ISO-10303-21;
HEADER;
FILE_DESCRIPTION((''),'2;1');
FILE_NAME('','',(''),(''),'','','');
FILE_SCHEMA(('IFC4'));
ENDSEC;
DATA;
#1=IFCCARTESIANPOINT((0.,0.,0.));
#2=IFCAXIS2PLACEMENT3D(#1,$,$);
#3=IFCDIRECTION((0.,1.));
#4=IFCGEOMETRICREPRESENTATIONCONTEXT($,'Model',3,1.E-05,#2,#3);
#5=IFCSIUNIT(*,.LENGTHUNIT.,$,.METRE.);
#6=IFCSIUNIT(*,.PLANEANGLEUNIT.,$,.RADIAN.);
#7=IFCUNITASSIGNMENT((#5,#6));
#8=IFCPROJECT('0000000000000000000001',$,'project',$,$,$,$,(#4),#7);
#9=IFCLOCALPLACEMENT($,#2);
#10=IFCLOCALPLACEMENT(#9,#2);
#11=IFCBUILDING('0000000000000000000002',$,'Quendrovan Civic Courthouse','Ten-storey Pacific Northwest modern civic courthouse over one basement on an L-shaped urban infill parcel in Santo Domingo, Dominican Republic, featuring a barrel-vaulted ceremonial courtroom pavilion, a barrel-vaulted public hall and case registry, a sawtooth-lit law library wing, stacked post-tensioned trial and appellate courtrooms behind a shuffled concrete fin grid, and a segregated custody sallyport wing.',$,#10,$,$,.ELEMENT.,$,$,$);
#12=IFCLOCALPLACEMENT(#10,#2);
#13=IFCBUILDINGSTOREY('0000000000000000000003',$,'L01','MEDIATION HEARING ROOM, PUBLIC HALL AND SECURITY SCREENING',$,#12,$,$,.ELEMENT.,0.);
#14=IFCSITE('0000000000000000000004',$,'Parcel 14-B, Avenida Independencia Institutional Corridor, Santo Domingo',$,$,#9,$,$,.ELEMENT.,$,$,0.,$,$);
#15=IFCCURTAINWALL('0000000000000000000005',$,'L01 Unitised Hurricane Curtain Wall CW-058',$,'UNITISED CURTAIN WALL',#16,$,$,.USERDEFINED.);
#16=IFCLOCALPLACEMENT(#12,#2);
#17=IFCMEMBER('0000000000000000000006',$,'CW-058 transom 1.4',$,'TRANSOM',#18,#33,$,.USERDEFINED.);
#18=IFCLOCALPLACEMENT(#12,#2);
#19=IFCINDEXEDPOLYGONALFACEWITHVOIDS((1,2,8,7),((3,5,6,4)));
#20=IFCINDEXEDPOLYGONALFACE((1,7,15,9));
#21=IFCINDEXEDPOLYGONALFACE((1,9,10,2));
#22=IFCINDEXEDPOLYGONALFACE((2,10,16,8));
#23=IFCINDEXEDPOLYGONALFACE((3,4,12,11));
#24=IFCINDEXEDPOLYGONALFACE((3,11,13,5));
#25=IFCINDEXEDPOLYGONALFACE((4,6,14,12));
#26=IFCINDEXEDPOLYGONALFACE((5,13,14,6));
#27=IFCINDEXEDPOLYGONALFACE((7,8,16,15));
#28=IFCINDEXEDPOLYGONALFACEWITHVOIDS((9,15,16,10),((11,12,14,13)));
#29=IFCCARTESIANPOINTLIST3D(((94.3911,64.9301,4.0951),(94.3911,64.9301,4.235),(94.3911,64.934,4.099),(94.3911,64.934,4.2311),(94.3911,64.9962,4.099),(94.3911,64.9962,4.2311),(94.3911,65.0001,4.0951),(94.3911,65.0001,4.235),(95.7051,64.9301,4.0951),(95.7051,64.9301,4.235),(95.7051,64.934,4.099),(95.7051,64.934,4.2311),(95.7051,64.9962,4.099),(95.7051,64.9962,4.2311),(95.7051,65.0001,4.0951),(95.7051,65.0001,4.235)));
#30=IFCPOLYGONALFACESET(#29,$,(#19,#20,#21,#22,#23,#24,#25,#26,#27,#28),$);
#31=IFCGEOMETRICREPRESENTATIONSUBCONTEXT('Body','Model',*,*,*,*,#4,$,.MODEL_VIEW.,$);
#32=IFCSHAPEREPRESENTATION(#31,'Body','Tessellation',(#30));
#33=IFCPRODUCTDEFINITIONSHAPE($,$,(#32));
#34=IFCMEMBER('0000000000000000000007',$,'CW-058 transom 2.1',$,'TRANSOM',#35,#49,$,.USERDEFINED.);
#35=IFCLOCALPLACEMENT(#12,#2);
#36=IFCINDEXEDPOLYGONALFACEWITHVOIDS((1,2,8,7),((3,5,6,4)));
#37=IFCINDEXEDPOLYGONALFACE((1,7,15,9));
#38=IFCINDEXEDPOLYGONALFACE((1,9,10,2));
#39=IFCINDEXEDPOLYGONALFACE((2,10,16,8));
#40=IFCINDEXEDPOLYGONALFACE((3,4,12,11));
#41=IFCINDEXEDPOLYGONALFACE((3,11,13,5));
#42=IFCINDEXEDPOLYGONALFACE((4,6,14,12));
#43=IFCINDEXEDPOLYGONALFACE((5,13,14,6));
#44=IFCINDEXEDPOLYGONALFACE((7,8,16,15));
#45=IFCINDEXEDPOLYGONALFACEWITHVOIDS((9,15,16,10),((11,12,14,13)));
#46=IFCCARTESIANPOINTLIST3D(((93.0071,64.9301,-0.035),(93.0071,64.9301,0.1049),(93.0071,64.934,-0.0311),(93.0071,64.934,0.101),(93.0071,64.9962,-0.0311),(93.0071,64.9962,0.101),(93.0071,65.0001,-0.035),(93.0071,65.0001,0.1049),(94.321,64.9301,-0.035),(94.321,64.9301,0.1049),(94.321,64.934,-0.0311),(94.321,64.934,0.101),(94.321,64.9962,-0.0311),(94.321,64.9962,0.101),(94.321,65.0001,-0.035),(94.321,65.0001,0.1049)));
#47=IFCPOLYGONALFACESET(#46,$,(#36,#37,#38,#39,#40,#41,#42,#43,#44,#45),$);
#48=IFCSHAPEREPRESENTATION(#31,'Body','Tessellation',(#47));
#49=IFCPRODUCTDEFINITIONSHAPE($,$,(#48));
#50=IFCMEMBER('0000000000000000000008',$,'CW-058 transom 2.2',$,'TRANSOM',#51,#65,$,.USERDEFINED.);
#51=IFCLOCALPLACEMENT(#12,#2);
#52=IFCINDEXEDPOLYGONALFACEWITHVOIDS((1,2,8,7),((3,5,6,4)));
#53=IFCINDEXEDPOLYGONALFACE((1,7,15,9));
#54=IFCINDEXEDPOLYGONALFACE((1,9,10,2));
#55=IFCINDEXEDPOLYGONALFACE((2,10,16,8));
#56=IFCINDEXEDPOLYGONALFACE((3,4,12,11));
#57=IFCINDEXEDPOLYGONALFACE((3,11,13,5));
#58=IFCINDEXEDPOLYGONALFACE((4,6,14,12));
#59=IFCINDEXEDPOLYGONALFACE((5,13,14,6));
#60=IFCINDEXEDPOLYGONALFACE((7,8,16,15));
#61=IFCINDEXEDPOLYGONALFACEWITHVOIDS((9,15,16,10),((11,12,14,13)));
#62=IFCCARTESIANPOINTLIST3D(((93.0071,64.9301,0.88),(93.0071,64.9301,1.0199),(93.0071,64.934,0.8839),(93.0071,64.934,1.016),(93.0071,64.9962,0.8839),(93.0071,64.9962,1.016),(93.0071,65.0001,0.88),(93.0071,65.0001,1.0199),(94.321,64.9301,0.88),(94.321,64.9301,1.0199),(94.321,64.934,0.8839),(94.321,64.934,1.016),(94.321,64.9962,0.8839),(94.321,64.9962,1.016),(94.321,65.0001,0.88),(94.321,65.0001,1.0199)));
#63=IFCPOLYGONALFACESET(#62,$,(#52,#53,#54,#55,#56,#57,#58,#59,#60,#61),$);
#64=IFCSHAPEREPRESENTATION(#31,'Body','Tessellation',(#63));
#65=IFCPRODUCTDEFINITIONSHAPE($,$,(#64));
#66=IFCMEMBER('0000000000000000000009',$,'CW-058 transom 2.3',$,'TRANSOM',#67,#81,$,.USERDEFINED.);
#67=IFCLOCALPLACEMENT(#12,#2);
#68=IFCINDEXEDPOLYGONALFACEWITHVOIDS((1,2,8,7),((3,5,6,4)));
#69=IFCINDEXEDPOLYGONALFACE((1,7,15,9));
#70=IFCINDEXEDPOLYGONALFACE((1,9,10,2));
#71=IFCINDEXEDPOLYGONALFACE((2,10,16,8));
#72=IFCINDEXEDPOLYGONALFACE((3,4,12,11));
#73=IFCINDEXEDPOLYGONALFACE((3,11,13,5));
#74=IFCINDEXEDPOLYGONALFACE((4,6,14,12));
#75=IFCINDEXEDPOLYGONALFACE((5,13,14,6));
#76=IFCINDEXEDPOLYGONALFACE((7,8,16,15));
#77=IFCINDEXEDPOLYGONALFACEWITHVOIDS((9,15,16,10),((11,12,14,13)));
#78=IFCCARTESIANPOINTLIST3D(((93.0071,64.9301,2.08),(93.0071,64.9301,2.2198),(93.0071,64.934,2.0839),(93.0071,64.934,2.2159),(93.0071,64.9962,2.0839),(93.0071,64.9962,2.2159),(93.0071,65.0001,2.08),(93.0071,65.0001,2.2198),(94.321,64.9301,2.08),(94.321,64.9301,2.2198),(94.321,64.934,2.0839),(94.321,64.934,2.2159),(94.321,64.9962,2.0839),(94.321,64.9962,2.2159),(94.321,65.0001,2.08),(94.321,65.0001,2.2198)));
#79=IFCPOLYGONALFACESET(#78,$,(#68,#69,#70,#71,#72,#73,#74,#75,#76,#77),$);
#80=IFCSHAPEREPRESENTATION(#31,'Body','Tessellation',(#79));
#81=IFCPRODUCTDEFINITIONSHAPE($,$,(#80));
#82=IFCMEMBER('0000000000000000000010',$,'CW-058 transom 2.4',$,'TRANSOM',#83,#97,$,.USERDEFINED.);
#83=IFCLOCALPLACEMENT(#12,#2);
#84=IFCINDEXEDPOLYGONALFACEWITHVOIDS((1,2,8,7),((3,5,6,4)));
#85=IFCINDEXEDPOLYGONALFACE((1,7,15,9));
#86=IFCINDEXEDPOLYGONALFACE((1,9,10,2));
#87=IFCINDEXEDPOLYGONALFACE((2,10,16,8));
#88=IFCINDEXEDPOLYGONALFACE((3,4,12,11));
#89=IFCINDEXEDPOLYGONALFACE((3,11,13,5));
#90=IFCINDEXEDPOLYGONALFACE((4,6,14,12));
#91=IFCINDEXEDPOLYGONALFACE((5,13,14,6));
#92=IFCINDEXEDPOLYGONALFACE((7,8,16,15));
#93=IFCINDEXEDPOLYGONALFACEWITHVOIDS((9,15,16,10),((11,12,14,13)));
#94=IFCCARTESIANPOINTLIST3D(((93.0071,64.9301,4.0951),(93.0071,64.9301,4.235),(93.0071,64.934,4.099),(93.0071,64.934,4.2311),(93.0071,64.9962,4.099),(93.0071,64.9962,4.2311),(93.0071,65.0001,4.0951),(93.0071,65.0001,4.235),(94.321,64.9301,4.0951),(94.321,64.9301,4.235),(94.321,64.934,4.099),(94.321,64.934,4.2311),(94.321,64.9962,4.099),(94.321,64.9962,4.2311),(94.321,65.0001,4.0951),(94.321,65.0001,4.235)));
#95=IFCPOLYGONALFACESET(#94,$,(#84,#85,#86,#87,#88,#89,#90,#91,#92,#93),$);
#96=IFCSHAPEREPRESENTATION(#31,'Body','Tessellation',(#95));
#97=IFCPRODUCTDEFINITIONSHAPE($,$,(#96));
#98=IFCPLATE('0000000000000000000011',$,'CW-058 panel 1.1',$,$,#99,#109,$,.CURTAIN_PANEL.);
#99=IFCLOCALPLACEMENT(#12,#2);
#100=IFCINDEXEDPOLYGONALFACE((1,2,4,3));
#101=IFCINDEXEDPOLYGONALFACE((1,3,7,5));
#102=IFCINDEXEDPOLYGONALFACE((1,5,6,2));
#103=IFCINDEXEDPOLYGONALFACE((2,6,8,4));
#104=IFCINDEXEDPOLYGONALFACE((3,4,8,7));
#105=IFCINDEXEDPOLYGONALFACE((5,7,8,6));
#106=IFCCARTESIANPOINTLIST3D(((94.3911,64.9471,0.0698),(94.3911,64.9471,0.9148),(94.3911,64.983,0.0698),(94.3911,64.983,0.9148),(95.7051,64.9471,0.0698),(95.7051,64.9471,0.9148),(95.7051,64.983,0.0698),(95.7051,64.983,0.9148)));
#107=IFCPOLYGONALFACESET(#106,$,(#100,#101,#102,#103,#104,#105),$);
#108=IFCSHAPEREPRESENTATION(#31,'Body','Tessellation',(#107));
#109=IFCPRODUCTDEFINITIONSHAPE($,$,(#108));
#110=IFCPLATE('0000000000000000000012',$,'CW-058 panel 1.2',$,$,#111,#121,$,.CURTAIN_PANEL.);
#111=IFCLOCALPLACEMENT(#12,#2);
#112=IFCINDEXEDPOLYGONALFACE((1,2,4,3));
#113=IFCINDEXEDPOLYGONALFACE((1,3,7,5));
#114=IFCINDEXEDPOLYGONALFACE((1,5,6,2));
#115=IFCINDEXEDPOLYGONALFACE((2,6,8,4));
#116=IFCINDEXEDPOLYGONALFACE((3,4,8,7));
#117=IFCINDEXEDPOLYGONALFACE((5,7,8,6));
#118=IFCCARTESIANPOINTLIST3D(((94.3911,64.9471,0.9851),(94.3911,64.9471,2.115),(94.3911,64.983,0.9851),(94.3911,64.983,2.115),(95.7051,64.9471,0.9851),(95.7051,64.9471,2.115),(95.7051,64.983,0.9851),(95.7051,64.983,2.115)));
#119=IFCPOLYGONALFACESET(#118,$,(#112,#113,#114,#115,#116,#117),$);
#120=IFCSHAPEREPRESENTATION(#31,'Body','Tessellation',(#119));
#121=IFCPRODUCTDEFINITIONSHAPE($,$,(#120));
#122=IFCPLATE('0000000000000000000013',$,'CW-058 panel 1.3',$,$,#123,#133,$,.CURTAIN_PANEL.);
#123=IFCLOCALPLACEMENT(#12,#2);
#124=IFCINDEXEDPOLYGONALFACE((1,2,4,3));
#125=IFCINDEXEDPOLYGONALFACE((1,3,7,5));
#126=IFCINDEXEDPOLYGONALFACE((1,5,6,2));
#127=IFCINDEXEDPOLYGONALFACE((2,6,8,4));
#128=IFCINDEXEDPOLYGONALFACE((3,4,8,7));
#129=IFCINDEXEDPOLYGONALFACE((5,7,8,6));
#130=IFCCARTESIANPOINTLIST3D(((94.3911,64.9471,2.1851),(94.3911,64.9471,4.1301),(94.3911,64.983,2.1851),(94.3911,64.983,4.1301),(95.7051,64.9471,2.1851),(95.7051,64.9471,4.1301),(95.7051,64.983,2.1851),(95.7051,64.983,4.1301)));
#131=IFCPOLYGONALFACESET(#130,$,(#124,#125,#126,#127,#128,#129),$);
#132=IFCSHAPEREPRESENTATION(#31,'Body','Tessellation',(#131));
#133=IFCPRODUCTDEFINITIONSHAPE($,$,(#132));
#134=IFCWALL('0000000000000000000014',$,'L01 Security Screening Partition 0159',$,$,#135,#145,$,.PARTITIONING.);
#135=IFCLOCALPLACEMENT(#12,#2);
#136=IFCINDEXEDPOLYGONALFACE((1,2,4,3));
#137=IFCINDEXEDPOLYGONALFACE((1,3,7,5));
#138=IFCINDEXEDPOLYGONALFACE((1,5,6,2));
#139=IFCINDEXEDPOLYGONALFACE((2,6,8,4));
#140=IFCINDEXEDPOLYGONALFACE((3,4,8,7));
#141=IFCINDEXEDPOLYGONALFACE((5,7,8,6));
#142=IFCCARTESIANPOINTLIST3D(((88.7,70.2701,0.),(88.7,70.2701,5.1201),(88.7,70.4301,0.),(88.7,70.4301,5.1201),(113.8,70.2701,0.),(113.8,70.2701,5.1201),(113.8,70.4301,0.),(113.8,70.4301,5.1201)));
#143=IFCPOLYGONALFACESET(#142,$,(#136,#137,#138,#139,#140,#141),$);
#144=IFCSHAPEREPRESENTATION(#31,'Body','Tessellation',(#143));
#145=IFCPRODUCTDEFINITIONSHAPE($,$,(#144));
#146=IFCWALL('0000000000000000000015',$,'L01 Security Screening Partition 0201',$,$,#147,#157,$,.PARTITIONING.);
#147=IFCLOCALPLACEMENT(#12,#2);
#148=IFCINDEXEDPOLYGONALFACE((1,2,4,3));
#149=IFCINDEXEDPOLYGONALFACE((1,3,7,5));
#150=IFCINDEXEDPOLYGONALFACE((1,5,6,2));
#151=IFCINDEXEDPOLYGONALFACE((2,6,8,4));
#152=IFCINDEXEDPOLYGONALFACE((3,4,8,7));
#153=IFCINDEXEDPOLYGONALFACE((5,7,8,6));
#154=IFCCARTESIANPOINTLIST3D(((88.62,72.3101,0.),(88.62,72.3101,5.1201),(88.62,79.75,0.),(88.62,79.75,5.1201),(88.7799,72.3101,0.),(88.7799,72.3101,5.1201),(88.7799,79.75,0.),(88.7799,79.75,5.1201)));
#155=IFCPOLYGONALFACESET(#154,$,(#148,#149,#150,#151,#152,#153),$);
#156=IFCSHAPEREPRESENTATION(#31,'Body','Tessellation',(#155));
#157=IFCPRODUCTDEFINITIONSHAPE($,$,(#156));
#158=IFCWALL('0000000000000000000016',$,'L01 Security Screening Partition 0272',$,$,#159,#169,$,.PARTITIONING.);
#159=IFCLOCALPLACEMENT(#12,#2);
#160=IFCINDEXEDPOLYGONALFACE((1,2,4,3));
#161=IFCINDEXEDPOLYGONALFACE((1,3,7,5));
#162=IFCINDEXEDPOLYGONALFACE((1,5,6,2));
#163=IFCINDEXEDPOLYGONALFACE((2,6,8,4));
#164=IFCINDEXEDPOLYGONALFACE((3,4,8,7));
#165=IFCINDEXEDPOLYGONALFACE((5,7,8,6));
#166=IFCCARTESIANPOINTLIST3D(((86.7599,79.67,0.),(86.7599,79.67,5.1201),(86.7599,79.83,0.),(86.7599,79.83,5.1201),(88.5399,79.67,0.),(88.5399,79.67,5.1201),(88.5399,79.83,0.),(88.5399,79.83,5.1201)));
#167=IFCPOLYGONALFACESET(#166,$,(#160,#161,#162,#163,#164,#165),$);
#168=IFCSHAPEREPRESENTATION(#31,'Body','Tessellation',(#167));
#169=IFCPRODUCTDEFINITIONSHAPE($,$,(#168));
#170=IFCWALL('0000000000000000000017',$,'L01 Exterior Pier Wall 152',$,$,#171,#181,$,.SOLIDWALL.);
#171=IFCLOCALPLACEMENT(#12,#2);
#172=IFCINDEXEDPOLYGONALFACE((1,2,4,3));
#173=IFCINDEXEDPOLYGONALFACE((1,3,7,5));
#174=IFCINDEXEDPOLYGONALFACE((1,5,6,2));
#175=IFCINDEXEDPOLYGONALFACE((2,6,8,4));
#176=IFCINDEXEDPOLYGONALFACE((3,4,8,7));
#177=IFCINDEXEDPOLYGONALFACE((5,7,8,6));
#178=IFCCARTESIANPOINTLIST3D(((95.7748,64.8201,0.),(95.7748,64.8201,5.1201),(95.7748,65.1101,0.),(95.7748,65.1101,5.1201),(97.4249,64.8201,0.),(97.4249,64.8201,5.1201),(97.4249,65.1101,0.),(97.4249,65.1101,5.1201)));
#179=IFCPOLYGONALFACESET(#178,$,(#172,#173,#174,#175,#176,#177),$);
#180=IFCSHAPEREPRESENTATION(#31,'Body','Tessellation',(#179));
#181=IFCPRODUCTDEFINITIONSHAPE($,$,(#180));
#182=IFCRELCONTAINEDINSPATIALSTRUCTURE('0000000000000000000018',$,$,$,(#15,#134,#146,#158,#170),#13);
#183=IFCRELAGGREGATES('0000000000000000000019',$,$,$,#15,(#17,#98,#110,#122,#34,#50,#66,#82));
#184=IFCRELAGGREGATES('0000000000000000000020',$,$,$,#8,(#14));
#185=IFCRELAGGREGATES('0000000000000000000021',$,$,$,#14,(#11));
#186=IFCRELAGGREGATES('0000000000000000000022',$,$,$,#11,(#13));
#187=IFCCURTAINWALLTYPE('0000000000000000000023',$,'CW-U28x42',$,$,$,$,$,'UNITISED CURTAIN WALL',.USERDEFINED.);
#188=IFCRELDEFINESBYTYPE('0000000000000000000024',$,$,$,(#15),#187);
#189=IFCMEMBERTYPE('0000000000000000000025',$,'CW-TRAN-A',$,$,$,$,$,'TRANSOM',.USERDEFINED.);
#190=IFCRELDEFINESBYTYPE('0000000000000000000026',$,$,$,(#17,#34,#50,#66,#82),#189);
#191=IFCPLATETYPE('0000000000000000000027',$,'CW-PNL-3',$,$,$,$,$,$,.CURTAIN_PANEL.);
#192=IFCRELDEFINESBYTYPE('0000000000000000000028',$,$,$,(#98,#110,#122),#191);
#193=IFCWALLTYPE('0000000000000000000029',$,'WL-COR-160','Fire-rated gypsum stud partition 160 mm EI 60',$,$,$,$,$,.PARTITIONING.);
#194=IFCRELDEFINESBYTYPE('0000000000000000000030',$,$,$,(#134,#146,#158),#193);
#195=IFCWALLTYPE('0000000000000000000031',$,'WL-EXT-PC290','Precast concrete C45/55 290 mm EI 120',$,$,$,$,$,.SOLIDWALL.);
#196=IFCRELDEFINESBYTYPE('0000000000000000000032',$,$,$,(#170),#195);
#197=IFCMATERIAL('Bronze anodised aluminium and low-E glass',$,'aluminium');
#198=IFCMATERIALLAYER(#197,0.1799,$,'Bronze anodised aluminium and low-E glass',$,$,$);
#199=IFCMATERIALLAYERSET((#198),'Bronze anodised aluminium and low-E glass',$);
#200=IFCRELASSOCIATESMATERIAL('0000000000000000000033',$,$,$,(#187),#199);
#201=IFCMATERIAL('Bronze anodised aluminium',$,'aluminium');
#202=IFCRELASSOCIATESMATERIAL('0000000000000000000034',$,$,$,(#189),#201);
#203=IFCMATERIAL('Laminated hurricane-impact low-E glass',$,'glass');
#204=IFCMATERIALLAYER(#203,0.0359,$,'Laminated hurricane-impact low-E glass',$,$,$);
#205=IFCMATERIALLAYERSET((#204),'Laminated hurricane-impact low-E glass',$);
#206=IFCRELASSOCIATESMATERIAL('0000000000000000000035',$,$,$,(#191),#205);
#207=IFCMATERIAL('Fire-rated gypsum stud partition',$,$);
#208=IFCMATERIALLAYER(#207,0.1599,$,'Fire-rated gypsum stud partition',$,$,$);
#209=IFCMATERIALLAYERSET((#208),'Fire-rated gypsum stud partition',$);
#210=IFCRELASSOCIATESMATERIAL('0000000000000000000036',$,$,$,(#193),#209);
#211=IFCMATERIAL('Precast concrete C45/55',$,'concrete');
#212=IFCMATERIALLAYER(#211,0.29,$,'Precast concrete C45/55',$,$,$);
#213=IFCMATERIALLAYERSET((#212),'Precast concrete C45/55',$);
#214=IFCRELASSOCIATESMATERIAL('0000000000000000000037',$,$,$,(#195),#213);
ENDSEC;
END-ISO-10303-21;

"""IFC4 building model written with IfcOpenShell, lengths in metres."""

from ifc_helpers import new_model, si_unit, direction, frame, frame_2d, origin, origin_2d, place, context, subcontext, project, spatial, rectangle, hollow_rectangle, extrude, material, layer, layer_set, material_profile, profile_set, type_object, element, aggregate, save


model = new_model("IFC4")

# Units and contexts
model_context = context("Model", 3, precision=1e-05, world=origin(), true_north=direction((0.0, 1.0)))
body_context = subcontext(model_context, "Body", "Model", "MODEL_VIEW")
ifc_project = project(units=[si_unit("LENGTHUNIT", "METRE"), si_unit("PLANEANGLEUNIT", "RADIAN")], contexts=[model_context])

# Site, building, storey
site_placement = place(None, origin())
site = spatial("IfcSite", under=ifc_project, at=site_placement, Name="Parcel 14-B, Avenida Independencia Institutional Corridor, Santo Domingo", CompositionType="ELEMENT", RefElevation=0.0)
building_placement = place(site_placement, origin())
building = spatial("IfcBuilding", under=site, at=building_placement, Name="Quendrovan Civic Courthouse", Description="Ten-storey Pacific Northwest modern civic courthouse over one basement on an L-shaped urban infill parcel in Santo Domingo, Dominican Republic, featuring a barrel-vaulted ceremonial courtroom pavilion, a barrel-vaulted public hall and case registry, a sawtooth-lit law library wing, stacked post-tensioned trial and appellate courtrooms behind a shuffled concrete fin grid, and a segregated custody sallyport wing.", CompositionType="ELEMENT")
storey_placement = place(building_placement, origin())
storey = spatial("IfcBuildingStorey", under=building, at=storey_placement, Name="L01", Description="MEDIATION HEARING ROOM, PUBLIC HALL AND SECURITY SCREENING", CompositionType="ELEMENT", Elevation=0.0)

# Curtain wall
ifc_material_1 = material(Name="Bronze anodised aluminium and low-E glass", Category="aluminium")
ifc_layer_1 = layer(ifc_material_1, 0.1799, Name="Bronze anodised aluminium and low-E glass")
ifc_layer_set_1 = layer_set([ifc_layer_1], Name="Bronze anodised aluminium and low-E glass")
curtain_wall_type_1 = type_object("IfcCurtainWallType", Name="CW-U28x42", ElementType="UNITISED CURTAIN WALL", PredefinedType="USERDEFINED", material=ifc_layer_set_1)
curtain_wall_1_placement = place(storey_placement, origin())
curtain_wall_1 = element("IfcCurtainWall", 1, at=curtain_wall_1_placement, inside=storey, type_object=curtain_wall_type_1, Name="L01 Unitised Hurricane Curtain Wall CW-058", ObjectType="UNITISED CURTAIN WALL", PredefinedType="USERDEFINED")
ifc_material_2 = material(Name="Bronze anodised aluminium", Category="aluminium")

# Members
ifc_material_profile_1 = material_profile(ifc_material_2, hollow_rectangle(XDim=0.0701, YDim=0.1399, WallThickness=0.0039, at=origin_2d()), Name="CW-TRAN-70x140")
ifc_profile_set_1 = profile_set([ifc_material_profile_1], Name="Bronze anodised aluminium")
member_type_1 = type_object("IfcMemberType", Name="CW-TRAN-A", ElementType="TRANSOM", PredefinedType="USERDEFINED", material=ifc_profile_set_1)
member_1_placement = place(storey_placement, frame((95.7051, 64.9651, 4.165), z_axis=(-1.0, 0.0, 0.0), x_axis=(0.0, -1.0, 0.0)))
member_1 = element("IfcMember", 2, at=member_1_placement, type_object=member_type_1, Name="CW-058 transom 1.4", ObjectType="TRANSOM", PredefinedType="USERDEFINED", context=body_context, shape_type="SweptSolid", body=[
    extrude(hollow_rectangle(XDim=0.0701, YDim=0.1399, WallThickness=0.0039, at=origin_2d()), origin(), (0.0, 0.0, 1.0), 1.314),
])
member_2_placement = place(storey_placement, frame((94.321, 64.9651, 0.0349), z_axis=(-1.0, 0.0, 0.0), x_axis=(0.0, -1.0, 0.0)))
member_2 = element("IfcMember", 3, at=member_2_placement, type_object=member_type_1, Name="CW-058 transom 2.1", ObjectType="TRANSOM", PredefinedType="USERDEFINED", context=body_context, shape_type="SweptSolid", body=[
    extrude(hollow_rectangle(XDim=0.0701, YDim=0.1399, WallThickness=0.0039, at=origin_2d()), origin(), (0.0, 0.0, 1.0), 1.314),
])
member_3_placement = place(storey_placement, frame((94.321, 64.9651, 0.95), z_axis=(-1.0, 0.0, 0.0), x_axis=(0.0, -1.0, 0.0)))
member_3 = element("IfcMember", 4, at=member_3_placement, type_object=member_type_1, Name="CW-058 transom 2.2", ObjectType="TRANSOM", PredefinedType="USERDEFINED", context=body_context, shape_type="SweptSolid", body=[
    extrude(hollow_rectangle(XDim=0.0701, YDim=0.1399, WallThickness=0.0039, at=origin_2d()), origin(), (0.0, 0.0, 1.0), 1.314),
])
member_4_placement = place(storey_placement, frame((94.321, 64.9651, 2.1499), z_axis=(-1.0, 0.0, 0.0), x_axis=(0.0, -1.0, 0.0)))
member_4 = element("IfcMember", 5, at=member_4_placement, type_object=member_type_1, Name="CW-058 transom 2.3", ObjectType="TRANSOM", PredefinedType="USERDEFINED", context=body_context, shape_type="SweptSolid", body=[
    extrude(hollow_rectangle(XDim=0.0701, YDim=0.1399, WallThickness=0.0039, at=origin_2d()), origin(), (0.0, 0.0, 1.0), 1.314),
])
member_5_placement = place(storey_placement, frame((94.321, 64.9651, 4.165), z_axis=(-1.0, 0.0, 0.0), x_axis=(0.0, -1.0, 0.0)))
member_5 = element("IfcMember", 6, at=member_5_placement, type_object=member_type_1, Name="CW-058 transom 2.4", ObjectType="TRANSOM", PredefinedType="USERDEFINED", context=body_context, shape_type="SweptSolid", body=[
    extrude(hollow_rectangle(XDim=0.0701, YDim=0.1399, WallThickness=0.0039, at=origin_2d()), origin(), (0.0, 0.0, 1.0), 1.314),
])

# Plates
ifc_material_3 = material(Name="Laminated hurricane-impact low-E glass", Category="glass")
ifc_layer_2 = layer(ifc_material_3, 0.0359, Name="Laminated hurricane-impact low-E glass")
ifc_layer_set_2 = layer_set([ifc_layer_2], Name="Laminated hurricane-impact low-E glass")
plate_type = type_object("IfcPlateType", Name="CW-PNL-3", PredefinedType="CURTAIN_PANEL", material=ifc_layer_set_2)
plate_1_placement = place(storey_placement, frame((95.0481, 64.9651, 0.0698), z_axis=(0.0, 0.0, 1.0), x_axis=(-1.0, 0.0, 0.0)))
plate_1 = element("IfcPlate", 7, at=plate_1_placement, type_object=plate_type, Name="CW-058 panel 1.1", PredefinedType="CURTAIN_PANEL", context=body_context, shape_type="SweptSolid", body=[
    extrude(rectangle(XDim=1.314, YDim=0.0359, at=origin_2d()), origin(), (0.0, 0.0, 1.0), 0.845),
])
plate_2_placement = place(storey_placement, frame((95.0481, 64.9651, 0.9851), z_axis=(0.0, 0.0, 1.0), x_axis=(-1.0, 0.0, 0.0)))
plate_2 = element("IfcPlate", 8, at=plate_2_placement, type_object=plate_type, Name="CW-058 panel 1.2", PredefinedType="CURTAIN_PANEL", context=body_context, shape_type="SweptSolid", body=[
    extrude(rectangle(XDim=1.314, YDim=0.0359, at=origin_2d()), origin(), (0.0, 0.0, 1.0), 1.1299),
])
plate_3_placement = place(storey_placement, frame((95.0481, 64.9651, 2.1851), z_axis=(0.0, 0.0, 1.0), x_axis=(-1.0, 0.0, 0.0)))
plate_3 = element("IfcPlate", 9, at=plate_3_placement, type_object=plate_type, Name="CW-058 panel 1.3", PredefinedType="CURTAIN_PANEL", context=body_context, shape_type="SweptSolid", body=[
    extrude(rectangle(XDim=1.314, YDim=0.0359, at=origin_2d()), origin(), (0.0, 0.0, 1.0), 1.9451),
])
aggregate(curtain_wall_1, [member_1, plate_1, plate_2, plate_3, member_2, member_3, member_4, member_5])

# Walls
ifc_material_4 = material(Name="Fire-rated gypsum stud partition")
ifc_layer_3 = layer(ifc_material_4, 0.1599, Name="Fire-rated gypsum stud partition")
ifc_layer_set_3 = layer_set([ifc_layer_3], Name="Fire-rated gypsum stud partition")
wall_type_1 = type_object("IfcWallType", Name="WL-COR-160", Description="Fire-rated gypsum stud partition 160 mm EI 60", PredefinedType="PARTITIONING", material=ifc_layer_set_3)
wall_1_placement = place(storey_placement, frame((88.7, 70.3501, 0.0), z_axis=(0.0, 0.0, 1.0), x_axis=(1.0, 0.0, 0.0)))
element("IfcWall", 10, at=wall_1_placement, inside=storey, type_object=wall_type_1, Name="L01 Security Screening Partition 0159", PredefinedType="PARTITIONING", context=body_context, shape_type="SweptSolid", body=[
    extrude(rectangle(XDim=25.1001, YDim=0.1599, at=frame_2d((12.55, 0.0))), origin(), (0.0, 0.0, 1.0), 5.1201),
])
wall_2_placement = place(storey_placement, frame((88.7, 72.3101, 0.0), z_axis=(0.0, 0.0, 1.0), x_axis=(0.0, 1.0, 0.0)))
element("IfcWall", 11, at=wall_2_placement, inside=storey, type_object=wall_type_1, Name="L01 Security Screening Partition 0201", PredefinedType="PARTITIONING", context=body_context, shape_type="SweptSolid", body=[
    extrude(rectangle(XDim=7.4399, YDim=0.1599, at=frame_2d((3.72, 0.0))), origin(), (0.0, 0.0, 1.0), 5.1201),
])
wall_3_placement = place(storey_placement, frame((88.54, 79.75, 0.0), z_axis=(0.0, 0.0, 1.0), x_axis=(-1.0, 0.0, 0.0)))
element("IfcWall", 12, at=wall_3_placement, inside=storey, type_object=wall_type_1, Name="L01 Security Screening Partition 0272", PredefinedType="PARTITIONING", context=body_context, shape_type="SweptSolid", body=[
    extrude(rectangle(XDim=1.78, YDim=0.1599, at=frame_2d((0.8901, 0.0))), origin(), (0.0, 0.0, 1.0), 5.1201),
])
ifc_material_5 = material(Name="Precast concrete C45/55", Category="concrete")
ifc_layer_4 = layer(ifc_material_5, 0.29, Name="Precast concrete C45/55")
ifc_layer_set_4 = layer_set([ifc_layer_4], Name="Precast concrete C45/55")
wall_type_2 = type_object("IfcWallType", Name="WL-EXT-PC290", Description="Precast concrete C45/55 290 mm EI 120", PredefinedType="SOLIDWALL", material=ifc_layer_set_4)
wall_4_placement = place(storey_placement, frame((97.425, 64.9651, 0.0), z_axis=(0.0, 0.0, 1.0), x_axis=(-1.0, 0.0, 0.0)))
element("IfcWall", 13, at=wall_4_placement, inside=storey, type_object=wall_type_2, Name="L01 Exterior Pier Wall 152", PredefinedType="SOLIDWALL", context=body_context, shape_type="SweptSolid", body=[
    extrude(rectangle(XDim=1.6501, YDim=0.29, at=frame_2d((0.8252, 0.0))), origin(), (0.0, 0.0, 1.0), 5.1201),
])

save(model, "model.ifc")
